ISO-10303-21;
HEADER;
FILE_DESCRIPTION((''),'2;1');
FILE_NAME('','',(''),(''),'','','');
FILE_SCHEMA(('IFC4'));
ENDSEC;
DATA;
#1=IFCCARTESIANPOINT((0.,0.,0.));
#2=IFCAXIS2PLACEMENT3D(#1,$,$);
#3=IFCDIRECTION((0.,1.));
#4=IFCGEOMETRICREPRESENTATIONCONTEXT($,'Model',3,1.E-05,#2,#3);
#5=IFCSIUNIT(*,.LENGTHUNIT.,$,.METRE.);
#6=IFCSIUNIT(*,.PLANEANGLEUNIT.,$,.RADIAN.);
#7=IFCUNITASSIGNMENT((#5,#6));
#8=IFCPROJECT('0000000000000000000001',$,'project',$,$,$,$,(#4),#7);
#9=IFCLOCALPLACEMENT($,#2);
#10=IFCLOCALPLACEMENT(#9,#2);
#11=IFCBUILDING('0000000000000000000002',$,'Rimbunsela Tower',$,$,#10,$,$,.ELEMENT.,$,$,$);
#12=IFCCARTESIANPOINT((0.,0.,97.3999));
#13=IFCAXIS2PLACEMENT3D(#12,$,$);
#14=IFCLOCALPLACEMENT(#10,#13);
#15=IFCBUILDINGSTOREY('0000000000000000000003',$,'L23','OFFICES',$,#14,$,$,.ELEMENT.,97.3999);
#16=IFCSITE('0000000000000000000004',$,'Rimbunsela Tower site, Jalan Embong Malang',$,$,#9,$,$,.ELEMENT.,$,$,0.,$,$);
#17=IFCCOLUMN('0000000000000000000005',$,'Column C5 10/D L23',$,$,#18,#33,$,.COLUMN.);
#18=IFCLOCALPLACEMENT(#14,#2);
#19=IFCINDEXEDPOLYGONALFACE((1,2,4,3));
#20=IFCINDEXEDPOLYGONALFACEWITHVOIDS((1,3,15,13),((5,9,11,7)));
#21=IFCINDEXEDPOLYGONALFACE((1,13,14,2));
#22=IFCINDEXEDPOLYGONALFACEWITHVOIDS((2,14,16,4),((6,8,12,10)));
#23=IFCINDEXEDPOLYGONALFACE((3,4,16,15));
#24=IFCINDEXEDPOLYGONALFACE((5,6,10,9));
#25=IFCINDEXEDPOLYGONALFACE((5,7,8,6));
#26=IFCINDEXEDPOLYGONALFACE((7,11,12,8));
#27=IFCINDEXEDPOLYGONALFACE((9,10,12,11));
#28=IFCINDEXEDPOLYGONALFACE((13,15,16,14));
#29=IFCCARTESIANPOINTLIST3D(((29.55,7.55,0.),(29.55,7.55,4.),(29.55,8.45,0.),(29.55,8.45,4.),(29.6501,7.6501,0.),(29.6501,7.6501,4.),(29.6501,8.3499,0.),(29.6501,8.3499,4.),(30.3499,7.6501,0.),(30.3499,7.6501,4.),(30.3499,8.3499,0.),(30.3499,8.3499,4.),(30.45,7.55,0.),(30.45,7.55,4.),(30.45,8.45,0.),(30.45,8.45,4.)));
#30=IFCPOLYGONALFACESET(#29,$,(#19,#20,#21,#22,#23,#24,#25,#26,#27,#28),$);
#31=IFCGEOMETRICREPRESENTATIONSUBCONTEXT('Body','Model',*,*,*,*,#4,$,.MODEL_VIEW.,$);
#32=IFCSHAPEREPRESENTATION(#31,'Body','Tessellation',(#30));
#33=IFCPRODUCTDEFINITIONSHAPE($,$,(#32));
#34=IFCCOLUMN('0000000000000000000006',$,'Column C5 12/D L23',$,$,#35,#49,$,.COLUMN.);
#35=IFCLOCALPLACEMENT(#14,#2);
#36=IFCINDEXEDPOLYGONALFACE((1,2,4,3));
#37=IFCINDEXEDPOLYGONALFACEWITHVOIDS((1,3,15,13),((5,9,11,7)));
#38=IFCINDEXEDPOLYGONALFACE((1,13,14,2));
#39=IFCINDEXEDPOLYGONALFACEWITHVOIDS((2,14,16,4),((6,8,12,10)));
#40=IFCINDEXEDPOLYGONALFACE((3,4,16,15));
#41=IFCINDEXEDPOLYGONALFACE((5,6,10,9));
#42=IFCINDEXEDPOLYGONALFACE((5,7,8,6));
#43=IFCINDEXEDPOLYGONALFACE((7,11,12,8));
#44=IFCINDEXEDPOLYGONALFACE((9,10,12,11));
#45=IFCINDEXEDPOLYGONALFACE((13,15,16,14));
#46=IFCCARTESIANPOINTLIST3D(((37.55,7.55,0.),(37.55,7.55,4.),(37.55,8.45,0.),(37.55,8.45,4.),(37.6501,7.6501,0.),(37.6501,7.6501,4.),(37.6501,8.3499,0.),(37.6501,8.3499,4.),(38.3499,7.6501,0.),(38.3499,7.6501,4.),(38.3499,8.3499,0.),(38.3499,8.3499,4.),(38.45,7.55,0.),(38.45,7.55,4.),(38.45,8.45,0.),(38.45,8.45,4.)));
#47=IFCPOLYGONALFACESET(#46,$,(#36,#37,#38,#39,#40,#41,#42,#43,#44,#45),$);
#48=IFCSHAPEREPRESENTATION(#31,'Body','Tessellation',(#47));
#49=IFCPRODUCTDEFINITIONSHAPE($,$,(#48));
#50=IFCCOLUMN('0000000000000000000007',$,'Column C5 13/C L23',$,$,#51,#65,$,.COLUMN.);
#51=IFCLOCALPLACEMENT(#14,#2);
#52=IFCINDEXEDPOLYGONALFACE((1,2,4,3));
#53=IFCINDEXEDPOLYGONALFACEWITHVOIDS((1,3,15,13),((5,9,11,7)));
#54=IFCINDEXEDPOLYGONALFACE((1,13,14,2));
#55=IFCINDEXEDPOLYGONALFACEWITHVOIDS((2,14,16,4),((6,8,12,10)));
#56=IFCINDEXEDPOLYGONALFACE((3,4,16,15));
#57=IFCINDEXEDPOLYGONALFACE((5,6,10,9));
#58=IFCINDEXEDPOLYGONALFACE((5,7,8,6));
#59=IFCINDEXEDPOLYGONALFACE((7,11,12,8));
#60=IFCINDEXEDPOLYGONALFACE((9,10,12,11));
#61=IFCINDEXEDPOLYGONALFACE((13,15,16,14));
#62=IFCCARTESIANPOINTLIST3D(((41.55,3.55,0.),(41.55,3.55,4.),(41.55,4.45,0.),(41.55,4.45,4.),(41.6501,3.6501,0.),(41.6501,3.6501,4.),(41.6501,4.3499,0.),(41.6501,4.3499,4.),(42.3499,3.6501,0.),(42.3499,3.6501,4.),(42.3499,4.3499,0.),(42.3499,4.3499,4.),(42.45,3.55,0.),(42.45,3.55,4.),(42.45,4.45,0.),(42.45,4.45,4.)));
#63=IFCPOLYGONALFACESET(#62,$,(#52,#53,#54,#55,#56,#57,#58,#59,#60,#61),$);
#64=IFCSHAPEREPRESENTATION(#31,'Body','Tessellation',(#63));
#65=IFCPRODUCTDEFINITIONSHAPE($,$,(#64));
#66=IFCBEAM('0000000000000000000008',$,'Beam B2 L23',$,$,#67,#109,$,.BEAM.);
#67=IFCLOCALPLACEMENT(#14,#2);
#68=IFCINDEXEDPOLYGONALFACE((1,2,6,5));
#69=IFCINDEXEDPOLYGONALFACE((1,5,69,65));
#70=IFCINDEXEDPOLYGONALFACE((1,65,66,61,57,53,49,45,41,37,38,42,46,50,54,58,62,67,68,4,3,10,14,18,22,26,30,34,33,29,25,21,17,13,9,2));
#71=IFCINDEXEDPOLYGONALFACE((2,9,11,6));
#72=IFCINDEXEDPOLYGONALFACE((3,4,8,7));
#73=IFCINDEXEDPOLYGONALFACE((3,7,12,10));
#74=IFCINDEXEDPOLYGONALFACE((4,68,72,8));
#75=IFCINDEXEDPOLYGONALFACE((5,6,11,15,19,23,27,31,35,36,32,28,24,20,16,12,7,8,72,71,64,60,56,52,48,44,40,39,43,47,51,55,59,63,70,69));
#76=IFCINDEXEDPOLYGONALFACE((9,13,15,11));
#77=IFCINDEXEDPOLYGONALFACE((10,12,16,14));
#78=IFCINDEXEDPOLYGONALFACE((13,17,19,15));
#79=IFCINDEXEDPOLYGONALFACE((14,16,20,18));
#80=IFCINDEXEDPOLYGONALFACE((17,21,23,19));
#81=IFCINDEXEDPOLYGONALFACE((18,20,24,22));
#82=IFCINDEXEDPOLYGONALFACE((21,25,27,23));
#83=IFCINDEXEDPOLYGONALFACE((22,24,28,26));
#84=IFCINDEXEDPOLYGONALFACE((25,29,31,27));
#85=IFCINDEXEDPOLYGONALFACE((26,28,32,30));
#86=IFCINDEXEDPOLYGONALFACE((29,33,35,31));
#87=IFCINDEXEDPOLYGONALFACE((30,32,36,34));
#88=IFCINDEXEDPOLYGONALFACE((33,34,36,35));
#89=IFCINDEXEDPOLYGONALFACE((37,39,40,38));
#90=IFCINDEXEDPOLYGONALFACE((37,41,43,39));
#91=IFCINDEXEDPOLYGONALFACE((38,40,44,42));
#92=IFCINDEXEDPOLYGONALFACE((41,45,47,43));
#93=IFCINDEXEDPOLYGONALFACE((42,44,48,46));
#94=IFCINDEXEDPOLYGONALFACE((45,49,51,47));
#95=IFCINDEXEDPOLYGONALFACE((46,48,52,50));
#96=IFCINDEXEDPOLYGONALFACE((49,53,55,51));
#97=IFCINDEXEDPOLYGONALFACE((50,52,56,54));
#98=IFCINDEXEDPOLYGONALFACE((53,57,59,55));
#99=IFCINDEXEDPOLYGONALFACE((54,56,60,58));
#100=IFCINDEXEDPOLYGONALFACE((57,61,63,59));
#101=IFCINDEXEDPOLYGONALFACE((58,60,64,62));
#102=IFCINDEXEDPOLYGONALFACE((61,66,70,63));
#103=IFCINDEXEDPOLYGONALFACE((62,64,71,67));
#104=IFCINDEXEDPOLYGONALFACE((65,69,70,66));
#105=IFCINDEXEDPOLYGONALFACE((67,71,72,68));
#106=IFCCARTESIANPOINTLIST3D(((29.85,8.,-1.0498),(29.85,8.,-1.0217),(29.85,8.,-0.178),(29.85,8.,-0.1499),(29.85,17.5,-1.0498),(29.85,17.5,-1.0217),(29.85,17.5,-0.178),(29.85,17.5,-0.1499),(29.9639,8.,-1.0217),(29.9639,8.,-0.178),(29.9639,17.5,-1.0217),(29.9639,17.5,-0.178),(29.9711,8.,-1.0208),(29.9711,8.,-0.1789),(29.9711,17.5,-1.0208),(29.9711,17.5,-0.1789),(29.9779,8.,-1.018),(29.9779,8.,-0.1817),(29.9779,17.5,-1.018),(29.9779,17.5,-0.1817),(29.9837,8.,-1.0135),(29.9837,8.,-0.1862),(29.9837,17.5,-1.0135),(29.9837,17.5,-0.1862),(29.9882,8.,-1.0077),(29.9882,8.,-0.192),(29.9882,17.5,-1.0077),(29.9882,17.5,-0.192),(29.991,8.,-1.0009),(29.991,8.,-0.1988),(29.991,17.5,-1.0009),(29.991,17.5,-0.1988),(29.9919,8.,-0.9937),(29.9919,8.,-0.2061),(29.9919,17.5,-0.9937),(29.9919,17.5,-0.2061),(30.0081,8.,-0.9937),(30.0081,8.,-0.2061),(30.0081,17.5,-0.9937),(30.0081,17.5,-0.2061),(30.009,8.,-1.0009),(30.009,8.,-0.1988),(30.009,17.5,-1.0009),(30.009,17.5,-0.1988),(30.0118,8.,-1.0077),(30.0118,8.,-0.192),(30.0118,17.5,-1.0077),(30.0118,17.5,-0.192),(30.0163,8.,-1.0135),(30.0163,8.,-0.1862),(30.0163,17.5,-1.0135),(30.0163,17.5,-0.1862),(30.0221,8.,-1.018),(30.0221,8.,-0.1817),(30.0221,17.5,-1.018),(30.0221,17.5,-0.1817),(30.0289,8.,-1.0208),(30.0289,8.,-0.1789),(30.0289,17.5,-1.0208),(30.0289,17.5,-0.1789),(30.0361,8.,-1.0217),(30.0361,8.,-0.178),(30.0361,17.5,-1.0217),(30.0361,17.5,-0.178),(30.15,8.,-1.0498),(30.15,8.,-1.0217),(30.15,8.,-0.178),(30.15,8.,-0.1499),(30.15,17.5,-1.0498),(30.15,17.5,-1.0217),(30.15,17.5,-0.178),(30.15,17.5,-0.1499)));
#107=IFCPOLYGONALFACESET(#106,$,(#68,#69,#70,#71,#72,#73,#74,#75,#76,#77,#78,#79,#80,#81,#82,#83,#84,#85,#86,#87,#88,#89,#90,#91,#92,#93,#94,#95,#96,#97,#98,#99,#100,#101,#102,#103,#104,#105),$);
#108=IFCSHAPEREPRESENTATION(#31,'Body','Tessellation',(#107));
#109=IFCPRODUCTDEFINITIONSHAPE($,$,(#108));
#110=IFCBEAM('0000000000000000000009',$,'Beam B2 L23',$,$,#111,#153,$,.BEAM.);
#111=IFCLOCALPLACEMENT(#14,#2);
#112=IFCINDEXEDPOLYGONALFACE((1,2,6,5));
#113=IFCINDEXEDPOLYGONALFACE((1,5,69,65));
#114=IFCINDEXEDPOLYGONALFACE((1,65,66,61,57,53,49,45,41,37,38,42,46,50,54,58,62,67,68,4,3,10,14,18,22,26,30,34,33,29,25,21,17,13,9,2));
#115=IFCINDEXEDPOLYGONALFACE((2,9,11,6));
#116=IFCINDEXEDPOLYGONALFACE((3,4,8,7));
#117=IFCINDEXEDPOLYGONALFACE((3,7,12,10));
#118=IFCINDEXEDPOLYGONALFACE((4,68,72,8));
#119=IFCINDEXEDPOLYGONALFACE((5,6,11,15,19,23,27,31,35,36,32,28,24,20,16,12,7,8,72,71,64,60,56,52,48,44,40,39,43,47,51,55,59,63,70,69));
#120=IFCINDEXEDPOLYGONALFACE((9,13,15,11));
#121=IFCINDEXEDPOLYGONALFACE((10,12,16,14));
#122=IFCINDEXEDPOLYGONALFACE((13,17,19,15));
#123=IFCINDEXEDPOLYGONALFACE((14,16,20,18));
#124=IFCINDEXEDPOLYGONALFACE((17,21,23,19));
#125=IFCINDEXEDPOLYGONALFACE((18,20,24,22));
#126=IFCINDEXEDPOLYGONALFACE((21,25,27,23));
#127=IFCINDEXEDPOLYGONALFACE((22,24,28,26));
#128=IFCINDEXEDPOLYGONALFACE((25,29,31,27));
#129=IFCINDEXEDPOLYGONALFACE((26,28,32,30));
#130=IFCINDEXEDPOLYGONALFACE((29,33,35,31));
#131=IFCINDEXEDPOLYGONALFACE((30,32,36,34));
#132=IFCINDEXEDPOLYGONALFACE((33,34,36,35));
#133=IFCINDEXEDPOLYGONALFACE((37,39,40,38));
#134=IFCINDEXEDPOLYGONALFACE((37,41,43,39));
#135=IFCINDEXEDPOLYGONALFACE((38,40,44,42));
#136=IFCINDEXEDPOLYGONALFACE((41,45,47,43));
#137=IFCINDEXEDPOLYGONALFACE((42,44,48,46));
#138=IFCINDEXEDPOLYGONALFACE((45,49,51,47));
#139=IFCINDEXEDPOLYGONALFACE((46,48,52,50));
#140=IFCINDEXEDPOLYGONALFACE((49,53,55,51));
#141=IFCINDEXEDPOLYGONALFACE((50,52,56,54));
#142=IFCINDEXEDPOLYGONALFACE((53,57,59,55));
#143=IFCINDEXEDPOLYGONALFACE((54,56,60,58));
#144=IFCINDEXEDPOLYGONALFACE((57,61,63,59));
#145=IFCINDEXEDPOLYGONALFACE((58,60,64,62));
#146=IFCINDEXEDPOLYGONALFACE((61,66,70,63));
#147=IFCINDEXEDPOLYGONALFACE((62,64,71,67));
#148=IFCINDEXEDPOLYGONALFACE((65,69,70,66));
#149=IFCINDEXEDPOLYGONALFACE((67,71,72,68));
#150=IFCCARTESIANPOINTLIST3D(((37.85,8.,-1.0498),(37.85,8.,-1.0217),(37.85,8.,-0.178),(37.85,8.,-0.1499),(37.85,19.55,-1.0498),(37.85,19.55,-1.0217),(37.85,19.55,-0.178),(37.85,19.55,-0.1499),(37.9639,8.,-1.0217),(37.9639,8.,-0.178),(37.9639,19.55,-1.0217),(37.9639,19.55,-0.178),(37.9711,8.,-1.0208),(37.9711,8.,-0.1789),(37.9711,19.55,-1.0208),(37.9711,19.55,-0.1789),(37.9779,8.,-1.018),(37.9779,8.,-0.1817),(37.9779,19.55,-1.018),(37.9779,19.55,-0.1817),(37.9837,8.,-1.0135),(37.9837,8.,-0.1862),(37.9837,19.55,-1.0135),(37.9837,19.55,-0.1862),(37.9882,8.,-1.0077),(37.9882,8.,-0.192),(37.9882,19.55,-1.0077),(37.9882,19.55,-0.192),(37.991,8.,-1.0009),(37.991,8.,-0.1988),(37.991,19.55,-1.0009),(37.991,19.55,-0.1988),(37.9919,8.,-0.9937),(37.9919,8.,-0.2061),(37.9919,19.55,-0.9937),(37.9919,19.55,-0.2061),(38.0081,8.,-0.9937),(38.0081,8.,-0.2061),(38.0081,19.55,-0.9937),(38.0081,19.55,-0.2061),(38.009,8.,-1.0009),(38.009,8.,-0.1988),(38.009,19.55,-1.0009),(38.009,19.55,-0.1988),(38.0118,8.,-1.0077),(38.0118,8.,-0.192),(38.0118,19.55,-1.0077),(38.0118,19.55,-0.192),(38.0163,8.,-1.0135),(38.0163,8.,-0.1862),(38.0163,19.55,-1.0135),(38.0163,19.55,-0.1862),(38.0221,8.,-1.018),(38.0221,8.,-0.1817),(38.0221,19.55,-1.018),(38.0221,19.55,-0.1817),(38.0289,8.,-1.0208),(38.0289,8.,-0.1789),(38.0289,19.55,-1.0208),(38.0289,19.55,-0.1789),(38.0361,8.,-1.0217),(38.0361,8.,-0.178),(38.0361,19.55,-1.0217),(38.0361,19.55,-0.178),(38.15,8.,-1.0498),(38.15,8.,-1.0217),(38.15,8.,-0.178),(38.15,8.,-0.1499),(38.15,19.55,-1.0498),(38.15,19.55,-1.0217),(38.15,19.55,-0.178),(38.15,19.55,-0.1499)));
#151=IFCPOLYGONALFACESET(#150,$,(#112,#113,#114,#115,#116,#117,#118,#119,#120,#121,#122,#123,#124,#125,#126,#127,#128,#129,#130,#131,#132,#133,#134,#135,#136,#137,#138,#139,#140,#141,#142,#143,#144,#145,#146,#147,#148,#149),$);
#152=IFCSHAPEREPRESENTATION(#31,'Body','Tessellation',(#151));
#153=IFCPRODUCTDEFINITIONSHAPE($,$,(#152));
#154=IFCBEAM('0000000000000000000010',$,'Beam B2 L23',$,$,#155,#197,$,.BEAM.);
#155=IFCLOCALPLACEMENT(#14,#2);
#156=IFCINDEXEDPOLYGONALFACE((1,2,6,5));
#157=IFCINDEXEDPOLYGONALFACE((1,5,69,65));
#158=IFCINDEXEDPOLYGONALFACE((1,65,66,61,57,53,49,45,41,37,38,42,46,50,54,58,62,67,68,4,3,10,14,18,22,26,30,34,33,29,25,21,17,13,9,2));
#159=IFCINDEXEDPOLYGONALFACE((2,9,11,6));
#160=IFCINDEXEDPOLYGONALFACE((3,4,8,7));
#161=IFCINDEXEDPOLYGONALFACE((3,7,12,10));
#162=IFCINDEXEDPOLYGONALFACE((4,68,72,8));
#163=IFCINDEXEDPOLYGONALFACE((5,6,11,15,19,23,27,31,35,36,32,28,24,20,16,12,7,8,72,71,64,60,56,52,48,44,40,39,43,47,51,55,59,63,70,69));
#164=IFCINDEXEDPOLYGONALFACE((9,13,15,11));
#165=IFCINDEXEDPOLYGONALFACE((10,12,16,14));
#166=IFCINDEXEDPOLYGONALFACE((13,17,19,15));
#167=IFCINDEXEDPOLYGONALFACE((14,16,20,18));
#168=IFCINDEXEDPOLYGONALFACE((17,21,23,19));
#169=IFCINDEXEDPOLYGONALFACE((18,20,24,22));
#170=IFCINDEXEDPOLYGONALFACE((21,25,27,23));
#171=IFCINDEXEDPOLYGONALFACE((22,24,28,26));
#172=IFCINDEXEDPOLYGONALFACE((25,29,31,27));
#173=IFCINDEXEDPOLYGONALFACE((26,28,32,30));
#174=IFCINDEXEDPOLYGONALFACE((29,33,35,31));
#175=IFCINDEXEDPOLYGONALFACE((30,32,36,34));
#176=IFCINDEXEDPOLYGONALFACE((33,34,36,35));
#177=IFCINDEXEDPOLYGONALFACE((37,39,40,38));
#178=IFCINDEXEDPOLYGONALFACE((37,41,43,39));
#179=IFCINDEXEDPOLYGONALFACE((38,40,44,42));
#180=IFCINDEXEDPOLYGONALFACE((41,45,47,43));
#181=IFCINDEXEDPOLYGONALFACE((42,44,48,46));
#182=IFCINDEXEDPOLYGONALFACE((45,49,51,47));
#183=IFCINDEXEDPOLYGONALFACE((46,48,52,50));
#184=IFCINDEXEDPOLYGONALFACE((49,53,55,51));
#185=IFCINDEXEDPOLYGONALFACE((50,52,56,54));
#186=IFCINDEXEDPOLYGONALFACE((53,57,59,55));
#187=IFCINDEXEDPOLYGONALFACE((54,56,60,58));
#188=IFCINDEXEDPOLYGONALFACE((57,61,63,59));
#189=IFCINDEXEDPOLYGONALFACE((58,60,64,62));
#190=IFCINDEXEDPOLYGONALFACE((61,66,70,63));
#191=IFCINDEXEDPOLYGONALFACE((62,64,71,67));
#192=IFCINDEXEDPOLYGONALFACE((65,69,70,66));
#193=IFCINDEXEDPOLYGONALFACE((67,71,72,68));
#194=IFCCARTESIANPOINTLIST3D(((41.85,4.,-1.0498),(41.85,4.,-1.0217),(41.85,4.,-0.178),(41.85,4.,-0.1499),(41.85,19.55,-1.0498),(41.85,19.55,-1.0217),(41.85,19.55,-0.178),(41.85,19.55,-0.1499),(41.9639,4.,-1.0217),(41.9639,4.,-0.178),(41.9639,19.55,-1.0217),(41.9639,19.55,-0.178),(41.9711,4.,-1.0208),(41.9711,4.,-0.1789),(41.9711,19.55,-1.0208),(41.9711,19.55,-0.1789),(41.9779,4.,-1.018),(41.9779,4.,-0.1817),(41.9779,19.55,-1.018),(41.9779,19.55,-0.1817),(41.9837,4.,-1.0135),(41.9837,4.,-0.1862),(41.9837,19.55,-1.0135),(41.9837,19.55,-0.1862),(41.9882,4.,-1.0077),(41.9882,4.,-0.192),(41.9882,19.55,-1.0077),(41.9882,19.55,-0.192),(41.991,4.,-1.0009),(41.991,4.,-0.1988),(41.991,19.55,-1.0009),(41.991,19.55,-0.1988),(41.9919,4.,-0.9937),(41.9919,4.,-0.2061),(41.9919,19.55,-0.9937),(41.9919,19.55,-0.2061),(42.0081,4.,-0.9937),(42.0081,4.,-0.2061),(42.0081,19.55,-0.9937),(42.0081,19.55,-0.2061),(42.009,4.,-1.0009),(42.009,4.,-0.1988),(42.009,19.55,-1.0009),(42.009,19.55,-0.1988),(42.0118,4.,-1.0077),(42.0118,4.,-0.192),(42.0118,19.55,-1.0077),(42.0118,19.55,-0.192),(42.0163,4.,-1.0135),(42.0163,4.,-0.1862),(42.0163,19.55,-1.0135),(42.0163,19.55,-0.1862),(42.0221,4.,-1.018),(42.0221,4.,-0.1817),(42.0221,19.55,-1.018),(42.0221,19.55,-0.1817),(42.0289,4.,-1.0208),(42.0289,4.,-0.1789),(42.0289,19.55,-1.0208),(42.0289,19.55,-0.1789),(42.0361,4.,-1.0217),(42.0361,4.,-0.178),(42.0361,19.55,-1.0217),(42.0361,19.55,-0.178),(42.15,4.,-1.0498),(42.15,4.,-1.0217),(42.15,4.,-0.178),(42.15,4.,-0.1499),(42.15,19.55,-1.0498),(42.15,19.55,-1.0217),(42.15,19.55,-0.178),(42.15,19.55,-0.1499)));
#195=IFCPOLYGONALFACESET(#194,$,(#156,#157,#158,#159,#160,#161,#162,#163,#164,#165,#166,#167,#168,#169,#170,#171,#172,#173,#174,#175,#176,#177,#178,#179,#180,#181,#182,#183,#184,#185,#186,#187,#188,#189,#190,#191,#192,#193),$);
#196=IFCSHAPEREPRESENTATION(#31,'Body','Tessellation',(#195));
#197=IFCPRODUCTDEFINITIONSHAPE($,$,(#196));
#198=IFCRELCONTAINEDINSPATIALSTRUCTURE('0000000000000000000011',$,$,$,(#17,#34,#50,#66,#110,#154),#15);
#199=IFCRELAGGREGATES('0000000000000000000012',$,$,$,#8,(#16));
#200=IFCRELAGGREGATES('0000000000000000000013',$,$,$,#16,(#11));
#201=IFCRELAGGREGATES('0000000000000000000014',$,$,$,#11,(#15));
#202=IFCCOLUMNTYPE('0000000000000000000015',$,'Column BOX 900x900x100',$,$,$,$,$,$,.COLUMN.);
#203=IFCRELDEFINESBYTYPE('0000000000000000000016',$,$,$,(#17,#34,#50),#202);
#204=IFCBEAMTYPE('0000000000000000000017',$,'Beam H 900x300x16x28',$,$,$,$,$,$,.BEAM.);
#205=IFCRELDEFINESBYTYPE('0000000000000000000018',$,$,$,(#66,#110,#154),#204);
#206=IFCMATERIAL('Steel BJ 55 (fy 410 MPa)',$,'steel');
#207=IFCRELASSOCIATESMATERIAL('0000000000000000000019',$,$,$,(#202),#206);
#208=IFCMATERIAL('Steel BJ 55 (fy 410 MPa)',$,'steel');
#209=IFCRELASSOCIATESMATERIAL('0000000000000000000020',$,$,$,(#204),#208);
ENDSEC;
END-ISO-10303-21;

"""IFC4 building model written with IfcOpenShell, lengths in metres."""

from ifc_helpers import new_model, si_unit, direction, frame, origin, origin_2d, place, context, subcontext, project, spatial, hollow_rectangle, i_section, extrude, material, material_profile, profile_set, type_object, element, save


model = new_model("IFC4")

# Units and contexts
model_context = context("Model", 3, precision=1e-05, world=origin(), true_north=direction((0.0, 1.0)))
body_context = subcontext(model_context, "Body", "Model", "MODEL_VIEW")
ifc_project = project(units=[si_unit("LENGTHUNIT", "METRE"), si_unit("PLANEANGLEUNIT", "RADIAN")], contexts=[model_context])

# Site, building, storey
site_placement = place(None, origin())
site = spatial("IfcSite", under=ifc_project, at=site_placement, Name="Rimbunsela Tower site, Jalan Embong Malang", CompositionType="ELEMENT", RefElevation=0.0)
building_placement = place(site_placement, origin())
building = spatial("IfcBuilding", under=site, at=building_placement, Name="Rimbunsela Tower", CompositionType="ELEMENT")
storey_placement = place(building_placement, frame((0.0, 0.0, 97.3999)))
storey = spatial("IfcBuildingStorey", under=building, at=storey_placement, Name="L23", Description="OFFICES", CompositionType="ELEMENT", Elevation=97.3999)

# Columns
ifc_material_1 = material(Name="Steel BJ 55 (fy 410 MPa)", Category="steel")
ifc_material_profile_1 = material_profile(ifc_material_1, hollow_rectangle(XDim=0.8999, YDim=0.8999, WallThickness=0.1001, at=origin_2d()), Name="BOX 900x900x100")
ifc_profile_set_1 = profile_set([ifc_material_profile_1], Name="Steel BJ 55 (fy 410 MPa)")
column_type = type_object("IfcColumnType", Name="Column BOX 900x900x100", PredefinedType="COLUMN", material=ifc_profile_set_1)
for number, where, z_axis, x_axis, name in (
    (1, (30.0, 8.0, 0.0), (0.0, 0.0, 1.0), (1.0, 0.0, 0.0), "Column C5 10/D L23"),
    (2, (38.0, 8.0, 0.0), (0.0, 0.0, 1.0), (1.0, 0.0, 0.0), "Column C5 12/D L23"),
    (3, (42.0, 4.0, 0.0), (0.0, 0.0, 1.0), (1.0, 0.0, 0.0), "Column C5 13/C L23"),
):
    element("IfcColumn", number, at=place(storey_placement, frame(where, z_axis=z_axis, x_axis=x_axis)), inside=storey, type_object=column_type, Name=name, PredefinedType="COLUMN", context=body_context, shape_type="SweptSolid", body=[
        extrude(hollow_rectangle(XDim=0.8999, YDim=0.8999, WallThickness=0.1001, at=origin_2d()), origin(), (0.0, 0.0, 1.0), 4.0),
    ])

# Beams
ifc_material_2 = material(Name="Steel BJ 55 (fy 410 MPa)", Category="steel")
ifc_material_profile_2 = material_profile(ifc_material_2, i_section(OverallWidth=0.3, OverallDepth=0.8999, WebThickness=0.0161, FlangeThickness=0.0281, FilletRadius=0.0281, at=origin_2d()), Name="H 900x300x16x28")
ifc_profile_set_2 = profile_set([ifc_material_profile_2], Name="Steel BJ 55 (fy 410 MPa)")
beam_type = type_object("IfcBeamType", Name="Beam H 900x300x16x28", PredefinedType="BEAM", material=ifc_profile_set_2)
beam_1_placement = place(storey_placement, frame((30.0, 8.0, -0.5999), z_axis=(0.0, 1.0, 0.0), x_axis=(-1.0, 0.0, 0.0)))
element("IfcBeam", 4, at=beam_1_placement, inside=storey, type_object=beam_type, Name="Beam B2 L23", PredefinedType="BEAM", context=body_context, shape_type="SweptSolid", body=[
    extrude(i_section(OverallWidth=0.3, OverallDepth=0.8999, WebThickness=0.0161, FlangeThickness=0.0281, FilletRadius=0.0281, at=origin_2d()), origin(), (0.0, 0.0, 1.0), 9.5),
])
beam_2_placement = place(storey_placement, frame((38.0, 8.0, -0.5999), z_axis=(0.0, 1.0, 0.0), x_axis=(-1.0, 0.0, 0.0)))
element("IfcBeam", 5, at=beam_2_placement, inside=storey, type_object=beam_type, Name="Beam B2 L23", PredefinedType="BEAM", context=body_context, shape_type="SweptSolid", body=[
    extrude(i_section(OverallWidth=0.3, OverallDepth=0.8999, WebThickness=0.0161, FlangeThickness=0.0281, FilletRadius=0.0281, at=origin_2d()), origin(), (0.0, 0.0, 1.0), 11.55),
])
beam_3_placement = place(storey_placement, frame((42.0, 4.0, -0.5999), z_axis=(0.0, 1.0, 0.0), x_axis=(-1.0, 0.0, 0.0)))
element("IfcBeam", 6, at=beam_3_placement, inside=storey, type_object=beam_type, Name="Beam B2 L23", PredefinedType="BEAM", context=body_context, shape_type="SweptSolid", body=[
    extrude(i_section(OverallWidth=0.3, OverallDepth=0.8999, WebThickness=0.0161, FlangeThickness=0.0281, FilletRadius=0.0281, at=origin_2d()), origin(), (0.0, 0.0, 1.0), 15.55),
])

save(model, "model.ifc")
